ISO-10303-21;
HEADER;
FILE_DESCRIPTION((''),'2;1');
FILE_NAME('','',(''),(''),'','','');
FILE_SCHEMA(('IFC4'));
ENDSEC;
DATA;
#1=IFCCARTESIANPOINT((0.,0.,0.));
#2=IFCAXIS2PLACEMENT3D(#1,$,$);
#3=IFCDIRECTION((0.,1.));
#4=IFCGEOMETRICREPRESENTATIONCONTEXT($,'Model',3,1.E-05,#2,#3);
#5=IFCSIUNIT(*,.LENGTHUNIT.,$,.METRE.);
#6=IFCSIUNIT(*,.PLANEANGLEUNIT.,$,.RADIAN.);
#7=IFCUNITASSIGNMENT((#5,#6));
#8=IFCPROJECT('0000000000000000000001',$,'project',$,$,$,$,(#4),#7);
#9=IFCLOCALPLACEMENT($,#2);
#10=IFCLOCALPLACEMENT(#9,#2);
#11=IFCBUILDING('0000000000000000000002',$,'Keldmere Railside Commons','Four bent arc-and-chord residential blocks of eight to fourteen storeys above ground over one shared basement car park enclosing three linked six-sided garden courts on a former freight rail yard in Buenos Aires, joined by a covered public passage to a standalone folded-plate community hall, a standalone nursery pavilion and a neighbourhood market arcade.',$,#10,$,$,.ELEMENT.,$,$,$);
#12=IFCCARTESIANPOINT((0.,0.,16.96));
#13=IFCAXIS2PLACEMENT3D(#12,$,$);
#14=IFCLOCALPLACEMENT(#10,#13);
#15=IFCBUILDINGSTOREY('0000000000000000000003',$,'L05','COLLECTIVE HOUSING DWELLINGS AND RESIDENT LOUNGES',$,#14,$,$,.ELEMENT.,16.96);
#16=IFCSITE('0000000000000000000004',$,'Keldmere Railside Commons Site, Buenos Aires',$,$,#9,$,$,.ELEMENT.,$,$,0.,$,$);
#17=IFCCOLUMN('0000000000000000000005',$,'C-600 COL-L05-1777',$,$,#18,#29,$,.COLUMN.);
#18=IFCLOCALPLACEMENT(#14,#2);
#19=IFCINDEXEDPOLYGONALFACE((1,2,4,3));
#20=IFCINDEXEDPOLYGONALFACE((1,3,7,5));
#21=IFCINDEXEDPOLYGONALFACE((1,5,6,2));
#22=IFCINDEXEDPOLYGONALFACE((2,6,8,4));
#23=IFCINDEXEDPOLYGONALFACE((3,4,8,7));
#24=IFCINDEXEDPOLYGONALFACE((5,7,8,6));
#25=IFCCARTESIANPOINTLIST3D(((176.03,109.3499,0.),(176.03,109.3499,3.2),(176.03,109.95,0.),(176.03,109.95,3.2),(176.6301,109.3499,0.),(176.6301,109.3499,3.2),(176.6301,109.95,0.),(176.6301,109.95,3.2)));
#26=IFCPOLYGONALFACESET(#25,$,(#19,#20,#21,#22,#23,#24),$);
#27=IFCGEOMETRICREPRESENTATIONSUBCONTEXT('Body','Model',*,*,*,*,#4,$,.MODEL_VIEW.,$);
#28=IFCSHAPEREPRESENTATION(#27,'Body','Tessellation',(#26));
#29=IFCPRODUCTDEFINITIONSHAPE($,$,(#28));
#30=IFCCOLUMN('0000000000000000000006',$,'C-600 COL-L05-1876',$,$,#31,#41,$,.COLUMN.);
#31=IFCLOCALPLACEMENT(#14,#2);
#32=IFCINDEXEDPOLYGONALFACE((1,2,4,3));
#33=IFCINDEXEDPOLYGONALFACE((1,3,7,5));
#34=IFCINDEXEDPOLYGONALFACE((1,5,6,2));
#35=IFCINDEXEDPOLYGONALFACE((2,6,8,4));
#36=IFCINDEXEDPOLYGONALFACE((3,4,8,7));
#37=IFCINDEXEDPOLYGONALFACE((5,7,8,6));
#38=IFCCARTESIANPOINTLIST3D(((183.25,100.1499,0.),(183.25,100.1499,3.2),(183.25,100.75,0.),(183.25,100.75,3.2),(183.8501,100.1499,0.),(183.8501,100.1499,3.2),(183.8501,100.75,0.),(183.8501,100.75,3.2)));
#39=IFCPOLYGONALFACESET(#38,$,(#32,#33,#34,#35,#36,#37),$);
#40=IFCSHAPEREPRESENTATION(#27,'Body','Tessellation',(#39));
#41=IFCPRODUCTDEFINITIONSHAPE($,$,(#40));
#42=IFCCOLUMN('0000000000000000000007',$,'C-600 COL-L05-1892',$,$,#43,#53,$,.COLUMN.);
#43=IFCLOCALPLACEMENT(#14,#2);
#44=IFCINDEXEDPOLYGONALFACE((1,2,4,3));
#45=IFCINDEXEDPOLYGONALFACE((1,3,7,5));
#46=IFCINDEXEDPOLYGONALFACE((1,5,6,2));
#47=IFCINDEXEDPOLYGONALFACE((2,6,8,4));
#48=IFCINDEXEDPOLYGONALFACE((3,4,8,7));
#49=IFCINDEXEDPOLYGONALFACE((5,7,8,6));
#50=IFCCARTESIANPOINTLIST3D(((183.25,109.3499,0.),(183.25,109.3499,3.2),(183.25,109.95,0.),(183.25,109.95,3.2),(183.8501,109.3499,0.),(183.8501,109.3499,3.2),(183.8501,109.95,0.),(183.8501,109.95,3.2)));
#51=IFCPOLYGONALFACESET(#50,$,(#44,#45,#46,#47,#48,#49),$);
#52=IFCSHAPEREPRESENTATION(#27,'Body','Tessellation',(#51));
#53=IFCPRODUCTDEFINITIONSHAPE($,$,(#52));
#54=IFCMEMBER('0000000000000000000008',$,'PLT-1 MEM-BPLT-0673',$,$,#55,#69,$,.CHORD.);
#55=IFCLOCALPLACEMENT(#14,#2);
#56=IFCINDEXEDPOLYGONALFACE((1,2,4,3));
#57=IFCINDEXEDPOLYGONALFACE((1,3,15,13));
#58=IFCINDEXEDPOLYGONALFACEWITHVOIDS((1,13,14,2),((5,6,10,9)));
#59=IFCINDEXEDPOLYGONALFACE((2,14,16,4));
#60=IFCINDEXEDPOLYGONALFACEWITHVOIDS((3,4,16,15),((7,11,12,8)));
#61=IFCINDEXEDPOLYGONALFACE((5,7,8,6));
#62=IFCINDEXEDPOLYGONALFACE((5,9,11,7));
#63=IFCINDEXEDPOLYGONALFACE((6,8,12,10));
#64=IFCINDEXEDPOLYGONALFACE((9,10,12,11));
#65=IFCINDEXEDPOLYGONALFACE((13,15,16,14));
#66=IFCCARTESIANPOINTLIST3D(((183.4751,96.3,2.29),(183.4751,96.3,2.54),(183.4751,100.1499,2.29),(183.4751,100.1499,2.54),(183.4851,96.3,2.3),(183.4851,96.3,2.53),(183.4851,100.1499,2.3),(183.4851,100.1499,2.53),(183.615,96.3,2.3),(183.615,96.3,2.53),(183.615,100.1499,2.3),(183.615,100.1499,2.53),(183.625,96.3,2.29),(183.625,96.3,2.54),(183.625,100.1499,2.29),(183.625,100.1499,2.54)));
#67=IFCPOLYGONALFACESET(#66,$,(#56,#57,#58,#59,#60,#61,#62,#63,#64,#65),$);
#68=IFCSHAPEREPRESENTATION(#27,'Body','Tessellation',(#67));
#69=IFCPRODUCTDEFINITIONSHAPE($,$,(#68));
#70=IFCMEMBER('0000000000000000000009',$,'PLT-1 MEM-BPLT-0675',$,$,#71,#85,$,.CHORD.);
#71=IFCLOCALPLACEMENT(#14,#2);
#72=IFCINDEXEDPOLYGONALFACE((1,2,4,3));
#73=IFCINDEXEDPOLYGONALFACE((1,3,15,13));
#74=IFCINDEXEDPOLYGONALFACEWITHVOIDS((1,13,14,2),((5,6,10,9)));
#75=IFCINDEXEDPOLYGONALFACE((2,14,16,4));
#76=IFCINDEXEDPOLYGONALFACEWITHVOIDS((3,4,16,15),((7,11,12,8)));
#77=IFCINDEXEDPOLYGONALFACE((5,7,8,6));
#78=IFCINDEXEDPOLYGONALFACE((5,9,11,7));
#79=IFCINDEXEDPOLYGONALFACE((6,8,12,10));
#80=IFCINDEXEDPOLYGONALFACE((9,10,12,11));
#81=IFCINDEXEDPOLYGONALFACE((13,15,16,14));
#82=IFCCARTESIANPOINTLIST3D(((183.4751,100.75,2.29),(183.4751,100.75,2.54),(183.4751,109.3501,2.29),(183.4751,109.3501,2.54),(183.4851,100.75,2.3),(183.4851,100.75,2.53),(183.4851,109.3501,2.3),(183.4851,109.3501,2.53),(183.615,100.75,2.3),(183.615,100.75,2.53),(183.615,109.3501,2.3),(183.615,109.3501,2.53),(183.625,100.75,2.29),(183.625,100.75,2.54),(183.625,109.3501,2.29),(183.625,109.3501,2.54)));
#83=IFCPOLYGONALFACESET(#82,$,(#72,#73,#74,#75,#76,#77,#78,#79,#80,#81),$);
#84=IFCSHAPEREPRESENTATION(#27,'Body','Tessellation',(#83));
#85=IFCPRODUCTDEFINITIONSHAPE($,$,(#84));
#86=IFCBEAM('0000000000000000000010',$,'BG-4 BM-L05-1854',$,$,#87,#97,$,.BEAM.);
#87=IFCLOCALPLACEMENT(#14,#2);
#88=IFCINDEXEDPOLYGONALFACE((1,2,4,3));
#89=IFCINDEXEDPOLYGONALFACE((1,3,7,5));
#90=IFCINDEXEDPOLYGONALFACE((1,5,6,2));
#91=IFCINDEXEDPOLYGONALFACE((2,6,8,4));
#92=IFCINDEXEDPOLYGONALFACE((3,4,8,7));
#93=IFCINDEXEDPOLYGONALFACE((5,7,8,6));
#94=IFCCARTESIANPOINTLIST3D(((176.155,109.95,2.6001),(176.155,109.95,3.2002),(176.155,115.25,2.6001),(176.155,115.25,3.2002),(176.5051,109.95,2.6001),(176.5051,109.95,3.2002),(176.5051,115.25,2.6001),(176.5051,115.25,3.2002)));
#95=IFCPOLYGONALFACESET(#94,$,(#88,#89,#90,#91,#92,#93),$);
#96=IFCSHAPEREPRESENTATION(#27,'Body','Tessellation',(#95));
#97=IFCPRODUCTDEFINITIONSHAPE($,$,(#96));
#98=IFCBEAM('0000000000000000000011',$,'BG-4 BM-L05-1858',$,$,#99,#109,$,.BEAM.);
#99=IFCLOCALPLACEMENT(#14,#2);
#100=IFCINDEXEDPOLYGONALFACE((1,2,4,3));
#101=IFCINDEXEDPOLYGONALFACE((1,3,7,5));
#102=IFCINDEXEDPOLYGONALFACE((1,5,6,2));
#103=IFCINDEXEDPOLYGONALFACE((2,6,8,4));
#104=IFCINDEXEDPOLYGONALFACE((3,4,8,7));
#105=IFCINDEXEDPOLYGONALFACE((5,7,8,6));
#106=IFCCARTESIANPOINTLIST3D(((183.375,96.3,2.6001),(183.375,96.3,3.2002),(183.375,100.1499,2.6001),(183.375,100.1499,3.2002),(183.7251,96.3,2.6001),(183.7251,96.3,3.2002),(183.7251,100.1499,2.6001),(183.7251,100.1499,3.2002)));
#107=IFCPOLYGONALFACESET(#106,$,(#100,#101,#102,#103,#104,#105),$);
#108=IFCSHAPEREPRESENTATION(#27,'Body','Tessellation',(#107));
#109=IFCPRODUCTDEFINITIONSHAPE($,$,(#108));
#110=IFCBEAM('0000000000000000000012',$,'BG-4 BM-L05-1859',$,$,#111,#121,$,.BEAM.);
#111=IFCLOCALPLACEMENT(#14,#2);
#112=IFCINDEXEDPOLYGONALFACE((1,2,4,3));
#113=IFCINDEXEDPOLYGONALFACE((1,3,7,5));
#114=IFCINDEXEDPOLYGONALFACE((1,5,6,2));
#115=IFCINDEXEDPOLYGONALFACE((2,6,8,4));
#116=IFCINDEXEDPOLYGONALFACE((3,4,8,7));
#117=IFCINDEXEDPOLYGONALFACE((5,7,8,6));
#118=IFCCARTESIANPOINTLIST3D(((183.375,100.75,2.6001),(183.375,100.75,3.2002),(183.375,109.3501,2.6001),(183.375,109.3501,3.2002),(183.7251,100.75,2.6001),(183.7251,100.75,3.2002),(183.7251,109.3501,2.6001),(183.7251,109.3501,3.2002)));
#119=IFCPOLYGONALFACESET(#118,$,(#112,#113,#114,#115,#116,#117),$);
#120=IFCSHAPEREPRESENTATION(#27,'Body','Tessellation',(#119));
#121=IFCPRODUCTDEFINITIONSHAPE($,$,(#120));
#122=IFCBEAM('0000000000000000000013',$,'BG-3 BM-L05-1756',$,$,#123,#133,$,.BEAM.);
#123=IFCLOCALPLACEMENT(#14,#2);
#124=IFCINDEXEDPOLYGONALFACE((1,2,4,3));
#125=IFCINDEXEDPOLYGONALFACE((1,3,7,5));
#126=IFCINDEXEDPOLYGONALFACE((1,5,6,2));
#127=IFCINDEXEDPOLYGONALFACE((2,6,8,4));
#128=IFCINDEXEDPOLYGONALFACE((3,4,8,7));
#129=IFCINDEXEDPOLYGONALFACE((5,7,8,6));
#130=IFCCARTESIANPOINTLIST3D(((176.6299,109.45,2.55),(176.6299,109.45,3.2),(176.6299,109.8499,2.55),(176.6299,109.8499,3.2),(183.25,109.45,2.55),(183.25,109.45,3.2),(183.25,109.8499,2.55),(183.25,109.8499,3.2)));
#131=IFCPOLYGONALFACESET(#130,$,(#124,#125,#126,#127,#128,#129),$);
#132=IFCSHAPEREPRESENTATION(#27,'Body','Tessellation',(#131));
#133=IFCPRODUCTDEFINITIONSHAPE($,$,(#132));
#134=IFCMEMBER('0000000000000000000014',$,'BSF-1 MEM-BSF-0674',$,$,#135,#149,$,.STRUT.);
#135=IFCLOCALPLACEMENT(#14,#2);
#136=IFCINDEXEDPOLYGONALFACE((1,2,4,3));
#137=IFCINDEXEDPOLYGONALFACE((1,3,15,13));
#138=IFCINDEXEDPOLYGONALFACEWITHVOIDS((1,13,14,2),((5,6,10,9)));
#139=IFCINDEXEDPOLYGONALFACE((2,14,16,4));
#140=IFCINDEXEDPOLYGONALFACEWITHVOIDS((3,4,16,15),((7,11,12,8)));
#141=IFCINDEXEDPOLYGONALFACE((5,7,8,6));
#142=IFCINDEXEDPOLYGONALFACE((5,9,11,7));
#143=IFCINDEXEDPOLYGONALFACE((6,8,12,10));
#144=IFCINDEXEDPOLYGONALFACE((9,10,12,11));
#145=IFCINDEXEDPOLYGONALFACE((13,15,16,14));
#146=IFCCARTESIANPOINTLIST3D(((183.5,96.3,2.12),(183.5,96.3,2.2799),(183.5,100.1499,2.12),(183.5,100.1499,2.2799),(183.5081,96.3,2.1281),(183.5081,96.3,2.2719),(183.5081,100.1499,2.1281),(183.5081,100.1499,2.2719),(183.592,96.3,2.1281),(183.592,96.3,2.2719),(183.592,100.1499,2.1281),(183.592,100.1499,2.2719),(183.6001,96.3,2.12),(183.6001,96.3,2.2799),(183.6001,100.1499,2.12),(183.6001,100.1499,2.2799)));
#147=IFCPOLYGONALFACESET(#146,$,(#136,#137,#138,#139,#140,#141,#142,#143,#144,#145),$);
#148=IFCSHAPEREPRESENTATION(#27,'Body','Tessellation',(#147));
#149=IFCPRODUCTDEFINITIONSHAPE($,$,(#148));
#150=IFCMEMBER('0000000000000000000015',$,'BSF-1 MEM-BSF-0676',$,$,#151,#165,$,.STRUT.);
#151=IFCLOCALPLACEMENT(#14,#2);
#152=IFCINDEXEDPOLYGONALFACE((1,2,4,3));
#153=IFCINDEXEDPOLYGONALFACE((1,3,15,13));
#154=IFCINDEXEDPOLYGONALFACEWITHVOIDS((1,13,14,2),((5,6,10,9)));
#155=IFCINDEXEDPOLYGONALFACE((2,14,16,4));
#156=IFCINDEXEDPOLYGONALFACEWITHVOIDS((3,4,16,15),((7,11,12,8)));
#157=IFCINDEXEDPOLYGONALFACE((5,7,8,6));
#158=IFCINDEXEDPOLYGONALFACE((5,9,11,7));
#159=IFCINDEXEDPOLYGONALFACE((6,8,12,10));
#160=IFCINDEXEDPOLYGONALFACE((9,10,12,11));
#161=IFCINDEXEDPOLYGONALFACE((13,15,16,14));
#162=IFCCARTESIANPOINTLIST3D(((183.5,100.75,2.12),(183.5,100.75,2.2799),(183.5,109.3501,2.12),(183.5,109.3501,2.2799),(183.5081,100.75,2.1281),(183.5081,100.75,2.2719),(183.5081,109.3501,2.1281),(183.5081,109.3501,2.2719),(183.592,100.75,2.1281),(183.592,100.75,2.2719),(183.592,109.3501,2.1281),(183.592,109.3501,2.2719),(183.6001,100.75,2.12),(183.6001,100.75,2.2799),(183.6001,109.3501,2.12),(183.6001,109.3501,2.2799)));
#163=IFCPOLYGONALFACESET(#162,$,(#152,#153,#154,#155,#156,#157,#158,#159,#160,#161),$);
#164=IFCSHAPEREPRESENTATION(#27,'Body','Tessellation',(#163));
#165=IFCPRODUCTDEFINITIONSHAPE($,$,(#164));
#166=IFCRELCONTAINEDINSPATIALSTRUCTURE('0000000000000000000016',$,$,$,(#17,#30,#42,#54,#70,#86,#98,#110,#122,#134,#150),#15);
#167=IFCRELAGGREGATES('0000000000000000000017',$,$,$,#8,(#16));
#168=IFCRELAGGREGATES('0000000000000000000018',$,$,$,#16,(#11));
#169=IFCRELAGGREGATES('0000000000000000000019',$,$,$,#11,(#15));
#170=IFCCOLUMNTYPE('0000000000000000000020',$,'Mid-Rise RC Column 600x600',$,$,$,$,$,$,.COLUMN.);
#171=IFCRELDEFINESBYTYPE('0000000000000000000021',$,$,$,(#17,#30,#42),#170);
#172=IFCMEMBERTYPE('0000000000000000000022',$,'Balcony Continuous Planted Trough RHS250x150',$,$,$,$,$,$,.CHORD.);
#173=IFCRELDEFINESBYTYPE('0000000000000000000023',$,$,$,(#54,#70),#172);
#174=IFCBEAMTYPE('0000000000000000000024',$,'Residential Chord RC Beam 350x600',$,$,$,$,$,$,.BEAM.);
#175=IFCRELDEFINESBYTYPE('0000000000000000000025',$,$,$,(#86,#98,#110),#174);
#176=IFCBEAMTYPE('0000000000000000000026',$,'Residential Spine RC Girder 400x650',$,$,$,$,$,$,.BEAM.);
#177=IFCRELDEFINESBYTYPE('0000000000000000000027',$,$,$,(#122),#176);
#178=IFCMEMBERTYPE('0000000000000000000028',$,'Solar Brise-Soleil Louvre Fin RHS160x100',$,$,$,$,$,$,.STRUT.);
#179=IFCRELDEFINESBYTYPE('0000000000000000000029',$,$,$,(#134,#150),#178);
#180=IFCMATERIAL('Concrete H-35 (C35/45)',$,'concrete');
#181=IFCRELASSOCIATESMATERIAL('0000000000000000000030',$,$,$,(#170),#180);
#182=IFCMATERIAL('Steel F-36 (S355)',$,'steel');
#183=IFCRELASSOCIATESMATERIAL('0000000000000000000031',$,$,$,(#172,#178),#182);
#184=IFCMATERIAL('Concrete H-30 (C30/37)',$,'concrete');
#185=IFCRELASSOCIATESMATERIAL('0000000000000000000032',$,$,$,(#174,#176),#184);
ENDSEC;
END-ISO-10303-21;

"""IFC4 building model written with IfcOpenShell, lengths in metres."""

from ifc_helpers import new_model, si_unit, direction, frame, origin, origin_2d, place, context, subcontext, project, spatial, rectangle, hollow_rectangle, extrude, material, material_profile, profile_set, type_object, element, save


model = new_model("IFC4")

# Units and contexts
model_context = context("Model", 3, precision=1e-05, world=origin(), true_north=direction((0.0, 1.0)))
body_context = subcontext(model_context, "Body", "Model", "MODEL_VIEW")
ifc_project = project(units=[si_unit("LENGTHUNIT", "METRE"), si_unit("PLANEANGLEUNIT", "RADIAN")], contexts=[model_context])

# Site, building, storey
site_placement = place(None, origin())
site = spatial("IfcSite", under=ifc_project, at=site_placement, Name="Keldmere Railside Commons Site, Buenos Aires", CompositionType="ELEMENT", RefElevation=0.0)
building_placement = place(site_placement, origin())
building = spatial("IfcBuilding", under=site, at=building_placement, Name="Keldmere Railside Commons", Description="Four bent arc-and-chord residential blocks of eight to fourteen storeys above ground over one shared basement car park enclosing three linked six-sided garden courts on a former freight rail yard in Buenos Aires, joined by a covered public passage to a standalone folded-plate community hall, a standalone nursery pavilion and a neighbourhood market arcade.", CompositionType="ELEMENT")
storey_placement = place(building_placement, frame((0.0, 0.0, 16.96)))
storey = spatial("IfcBuildingStorey", under=building, at=storey_placement, Name="L05", Description="COLLECTIVE HOUSING DWELLINGS AND RESIDENT LOUNGES", CompositionType="ELEMENT", Elevation=16.96)

# Columns
ifc_material_1 = material(Name="Concrete H-35 (C35/45)", Category="concrete")
ifc_material_profile_1 = material_profile(ifc_material_1, rectangle(XDim=0.6001, YDim=0.6001, at=origin_2d()), Name="RC-600x600")
ifc_profile_set_1 = profile_set([ifc_material_profile_1], Name="Concrete H-35 (C35/45)")
column_type = type_object("IfcColumnType", Name="Mid-Rise RC Column 600x600", PredefinedType="COLUMN", material=ifc_profile_set_1)
for number, where, z_axis, x_axis, name in (
    (1, (176.3301, 109.6499, 0.0), (0.0, 0.0, 1.0), (1.0, 0.0, 0.0), "C-600 COL-L05-1777"),
    (2, (183.55, 100.45, 0.0), (0.0, 0.0, 1.0), (1.0, 0.0, 0.0), "C-600 COL-L05-1876"),
    (3, (183.55, 109.6499, 0.0), (0.0, 0.0, 1.0), (1.0, 0.0, 0.0), "C-600 COL-L05-1892"),
):
    element("IfcColumn", number, at=place(storey_placement, frame(where, z_axis=z_axis, x_axis=x_axis)), inside=storey, type_object=column_type, Name=name, PredefinedType="COLUMN", context=body_context, shape_type="SweptSolid", body=[
        extrude(rectangle(XDim=0.6001, YDim=0.6001, at=origin_2d()), origin(), (0.0, 0.0, 1.0), 3.2),
    ])

# Members
ifc_material_2 = material(Name="Steel F-36 (S355)", Category="steel")
ifc_material_profile_2 = material_profile(ifc_material_2, hollow_rectangle(XDim=0.1499, YDim=0.25, WallThickness=0.01, at=origin_2d()), Name="RHS-250x150x10")
ifc_profile_set_2 = profile_set([ifc_material_profile_2], Name="Steel F-36 (S355)")
member_type_1 = type_object("IfcMemberType", Name="Balcony Continuous Planted Trough RHS250x150", PredefinedType="CHORD", material=ifc_profile_set_2)
member_1_placement = place(storey_placement, frame((183.55, 96.3, 2.415), z_axis=(0.0, 1.0, 0.0), x_axis=(-1.0, 0.0, 0.0)))
element("IfcMember", 4, at=member_1_placement, inside=storey, type_object=member_type_1, Name="PLT-1 MEM-BPLT-0673", PredefinedType="CHORD", context=body_context, shape_type="SweptSolid", body=[
    extrude(hollow_rectangle(XDim=0.1499, YDim=0.25, WallThickness=0.01, at=origin_2d()), origin(), (0.0, 0.0, 1.0), 3.8499),
])
member_2_placement = place(storey_placement, frame((183.55, 100.75, 2.415), z_axis=(0.0, 1.0, 0.0), x_axis=(-1.0, 0.0, 0.0)))
element("IfcMember", 5, at=member_2_placement, inside=storey, type_object=member_type_1, Name="PLT-1 MEM-BPLT-0675", PredefinedType="CHORD", context=body_context, shape_type="SweptSolid", body=[
    extrude(hollow_rectangle(XDim=0.1499, YDim=0.25, WallThickness=0.01, at=origin_2d()), origin(), (0.0, 0.0, 1.0), 8.6001),
])

# Beams
ifc_material_3 = material(Name="Concrete H-30 (C30/37)", Category="concrete")
ifc_material_profile_3 = material_profile(ifc_material_3, rectangle(XDim=0.3501, YDim=0.6001, at=origin_2d()), Name="RC-350x600")
ifc_profile_set_3 = profile_set([ifc_material_profile_3], Name="Concrete H-30 (C30/37)")
beam_type_1 = type_object("IfcBeamType", Name="Residential Chord RC Beam 350x600", PredefinedType="BEAM", material=ifc_profile_set_3)
beam_1_placement = place(storey_placement, frame((176.3301, 109.95, 2.9001), z_axis=(0.0, 1.0, 0.0), x_axis=(-1.0, 0.0, 0.0)))
element("IfcBeam", 6, at=beam_1_placement, inside=storey, type_object=beam_type_1, Name="BG-4 BM-L05-1854", PredefinedType="BEAM", context=body_context, shape_type="SweptSolid", body=[
    extrude(rectangle(XDim=0.3501, YDim=0.6001, at=origin_2d()), origin(), (0.0, 0.0, 1.0), 5.3),
])
beam_2_placement = place(storey_placement, frame((183.55, 96.3, 2.9001), z_axis=(0.0, 1.0, 0.0), x_axis=(-1.0, 0.0, 0.0)))
element("IfcBeam", 7, at=beam_2_placement, inside=storey, type_object=beam_type_1, Name="BG-4 BM-L05-1858", PredefinedType="BEAM", context=body_context, shape_type="SweptSolid", body=[
    extrude(rectangle(XDim=0.3501, YDim=0.6001, at=origin_2d()), origin(), (0.0, 0.0, 1.0), 3.8499),
])
beam_3_placement = place(storey_placement, frame((183.55, 100.75, 2.9001), z_axis=(0.0, 1.0, 0.0), x_axis=(-1.0, 0.0, 0.0)))
element("IfcBeam", 8, at=beam_3_placement, inside=storey, type_object=beam_type_1, Name="BG-4 BM-L05-1859", PredefinedType="BEAM", context=body_context, shape_type="SweptSolid", body=[
    extrude(rectangle(XDim=0.3501, YDim=0.6001, at=origin_2d()), origin(), (0.0, 0.0, 1.0), 8.6001),
])
ifc_material_profile_4 = material_profile(ifc_material_3, rectangle(XDim=0.3999, YDim=0.6499, at=origin_2d()), Name="RC-400x650")
ifc_profile_set_4 = profile_set([ifc_material_profile_4], Name="Concrete H-30 (C30/37)")
beam_type_2 = type_object("IfcBeamType", Name="Residential Spine RC Girder 400x650", PredefinedType="BEAM", material=ifc_profile_set_4)
beam_4_placement = place(storey_placement, frame((176.6299, 109.6499, 2.875), z_axis=(1.0, 0.0, 0.0), x_axis=(0.0, 1.0, 0.0)))
element("IfcBeam", 9, at=beam_4_placement, inside=storey, type_object=beam_type_2, Name="BG-3 BM-L05-1756", PredefinedType="BEAM", context=body_context, shape_type="SweptSolid", body=[
    extrude(rectangle(XDim=0.3999, YDim=0.6499, at=origin_2d()), origin(), (0.0, 0.0, 1.0), 6.6201),
])

# Members
ifc_material_profile_5 = material_profile(ifc_material_2, hollow_rectangle(XDim=0.1001, YDim=0.1599, WallThickness=0.0081, at=origin_2d()), Name="RHS-160x100x8")
ifc_profile_set_5 = profile_set([ifc_material_profile_5], Name="Steel F-36 (S355)")
member_type_2 = type_object("IfcMemberType", Name="Solar Brise-Soleil Louvre Fin RHS160x100", PredefinedType="STRUT", material=ifc_profile_set_5)
member_3_placement = place(storey_placement, frame((183.55, 96.3, 2.2), z_axis=(0.0, 1.0, 0.0), x_axis=(-1.0, 0.0, 0.0)))
element("IfcMember", 10, at=member_3_placement, inside=storey, type_object=member_type_2, Name="BSF-1 MEM-BSF-0674", PredefinedType="STRUT", context=body_context, shape_type="SweptSolid", body=[
    extrude(hollow_rectangle(XDim=0.1001, YDim=0.1599, WallThickness=0.0081, at=origin_2d()), origin(), (0.0, 0.0, 1.0), 3.8499),
])
member_4_placement = place(storey_placement, frame((183.55, 100.75, 2.2), z_axis=(0.0, 1.0, 0.0), x_axis=(-1.0, 0.0, 0.0)))
element("IfcMember", 11, at=member_4_placement, inside=storey, type_object=member_type_2, Name="BSF-1 MEM-BSF-0676", PredefinedType="STRUT", context=body_context, shape_type="SweptSolid", body=[
    extrude(hollow_rectangle(XDim=0.1001, YDim=0.1599, WallThickness=0.0081, at=origin_2d()), origin(), (0.0, 0.0, 1.0), 8.6001),
])

save(model, "model.ifc")
